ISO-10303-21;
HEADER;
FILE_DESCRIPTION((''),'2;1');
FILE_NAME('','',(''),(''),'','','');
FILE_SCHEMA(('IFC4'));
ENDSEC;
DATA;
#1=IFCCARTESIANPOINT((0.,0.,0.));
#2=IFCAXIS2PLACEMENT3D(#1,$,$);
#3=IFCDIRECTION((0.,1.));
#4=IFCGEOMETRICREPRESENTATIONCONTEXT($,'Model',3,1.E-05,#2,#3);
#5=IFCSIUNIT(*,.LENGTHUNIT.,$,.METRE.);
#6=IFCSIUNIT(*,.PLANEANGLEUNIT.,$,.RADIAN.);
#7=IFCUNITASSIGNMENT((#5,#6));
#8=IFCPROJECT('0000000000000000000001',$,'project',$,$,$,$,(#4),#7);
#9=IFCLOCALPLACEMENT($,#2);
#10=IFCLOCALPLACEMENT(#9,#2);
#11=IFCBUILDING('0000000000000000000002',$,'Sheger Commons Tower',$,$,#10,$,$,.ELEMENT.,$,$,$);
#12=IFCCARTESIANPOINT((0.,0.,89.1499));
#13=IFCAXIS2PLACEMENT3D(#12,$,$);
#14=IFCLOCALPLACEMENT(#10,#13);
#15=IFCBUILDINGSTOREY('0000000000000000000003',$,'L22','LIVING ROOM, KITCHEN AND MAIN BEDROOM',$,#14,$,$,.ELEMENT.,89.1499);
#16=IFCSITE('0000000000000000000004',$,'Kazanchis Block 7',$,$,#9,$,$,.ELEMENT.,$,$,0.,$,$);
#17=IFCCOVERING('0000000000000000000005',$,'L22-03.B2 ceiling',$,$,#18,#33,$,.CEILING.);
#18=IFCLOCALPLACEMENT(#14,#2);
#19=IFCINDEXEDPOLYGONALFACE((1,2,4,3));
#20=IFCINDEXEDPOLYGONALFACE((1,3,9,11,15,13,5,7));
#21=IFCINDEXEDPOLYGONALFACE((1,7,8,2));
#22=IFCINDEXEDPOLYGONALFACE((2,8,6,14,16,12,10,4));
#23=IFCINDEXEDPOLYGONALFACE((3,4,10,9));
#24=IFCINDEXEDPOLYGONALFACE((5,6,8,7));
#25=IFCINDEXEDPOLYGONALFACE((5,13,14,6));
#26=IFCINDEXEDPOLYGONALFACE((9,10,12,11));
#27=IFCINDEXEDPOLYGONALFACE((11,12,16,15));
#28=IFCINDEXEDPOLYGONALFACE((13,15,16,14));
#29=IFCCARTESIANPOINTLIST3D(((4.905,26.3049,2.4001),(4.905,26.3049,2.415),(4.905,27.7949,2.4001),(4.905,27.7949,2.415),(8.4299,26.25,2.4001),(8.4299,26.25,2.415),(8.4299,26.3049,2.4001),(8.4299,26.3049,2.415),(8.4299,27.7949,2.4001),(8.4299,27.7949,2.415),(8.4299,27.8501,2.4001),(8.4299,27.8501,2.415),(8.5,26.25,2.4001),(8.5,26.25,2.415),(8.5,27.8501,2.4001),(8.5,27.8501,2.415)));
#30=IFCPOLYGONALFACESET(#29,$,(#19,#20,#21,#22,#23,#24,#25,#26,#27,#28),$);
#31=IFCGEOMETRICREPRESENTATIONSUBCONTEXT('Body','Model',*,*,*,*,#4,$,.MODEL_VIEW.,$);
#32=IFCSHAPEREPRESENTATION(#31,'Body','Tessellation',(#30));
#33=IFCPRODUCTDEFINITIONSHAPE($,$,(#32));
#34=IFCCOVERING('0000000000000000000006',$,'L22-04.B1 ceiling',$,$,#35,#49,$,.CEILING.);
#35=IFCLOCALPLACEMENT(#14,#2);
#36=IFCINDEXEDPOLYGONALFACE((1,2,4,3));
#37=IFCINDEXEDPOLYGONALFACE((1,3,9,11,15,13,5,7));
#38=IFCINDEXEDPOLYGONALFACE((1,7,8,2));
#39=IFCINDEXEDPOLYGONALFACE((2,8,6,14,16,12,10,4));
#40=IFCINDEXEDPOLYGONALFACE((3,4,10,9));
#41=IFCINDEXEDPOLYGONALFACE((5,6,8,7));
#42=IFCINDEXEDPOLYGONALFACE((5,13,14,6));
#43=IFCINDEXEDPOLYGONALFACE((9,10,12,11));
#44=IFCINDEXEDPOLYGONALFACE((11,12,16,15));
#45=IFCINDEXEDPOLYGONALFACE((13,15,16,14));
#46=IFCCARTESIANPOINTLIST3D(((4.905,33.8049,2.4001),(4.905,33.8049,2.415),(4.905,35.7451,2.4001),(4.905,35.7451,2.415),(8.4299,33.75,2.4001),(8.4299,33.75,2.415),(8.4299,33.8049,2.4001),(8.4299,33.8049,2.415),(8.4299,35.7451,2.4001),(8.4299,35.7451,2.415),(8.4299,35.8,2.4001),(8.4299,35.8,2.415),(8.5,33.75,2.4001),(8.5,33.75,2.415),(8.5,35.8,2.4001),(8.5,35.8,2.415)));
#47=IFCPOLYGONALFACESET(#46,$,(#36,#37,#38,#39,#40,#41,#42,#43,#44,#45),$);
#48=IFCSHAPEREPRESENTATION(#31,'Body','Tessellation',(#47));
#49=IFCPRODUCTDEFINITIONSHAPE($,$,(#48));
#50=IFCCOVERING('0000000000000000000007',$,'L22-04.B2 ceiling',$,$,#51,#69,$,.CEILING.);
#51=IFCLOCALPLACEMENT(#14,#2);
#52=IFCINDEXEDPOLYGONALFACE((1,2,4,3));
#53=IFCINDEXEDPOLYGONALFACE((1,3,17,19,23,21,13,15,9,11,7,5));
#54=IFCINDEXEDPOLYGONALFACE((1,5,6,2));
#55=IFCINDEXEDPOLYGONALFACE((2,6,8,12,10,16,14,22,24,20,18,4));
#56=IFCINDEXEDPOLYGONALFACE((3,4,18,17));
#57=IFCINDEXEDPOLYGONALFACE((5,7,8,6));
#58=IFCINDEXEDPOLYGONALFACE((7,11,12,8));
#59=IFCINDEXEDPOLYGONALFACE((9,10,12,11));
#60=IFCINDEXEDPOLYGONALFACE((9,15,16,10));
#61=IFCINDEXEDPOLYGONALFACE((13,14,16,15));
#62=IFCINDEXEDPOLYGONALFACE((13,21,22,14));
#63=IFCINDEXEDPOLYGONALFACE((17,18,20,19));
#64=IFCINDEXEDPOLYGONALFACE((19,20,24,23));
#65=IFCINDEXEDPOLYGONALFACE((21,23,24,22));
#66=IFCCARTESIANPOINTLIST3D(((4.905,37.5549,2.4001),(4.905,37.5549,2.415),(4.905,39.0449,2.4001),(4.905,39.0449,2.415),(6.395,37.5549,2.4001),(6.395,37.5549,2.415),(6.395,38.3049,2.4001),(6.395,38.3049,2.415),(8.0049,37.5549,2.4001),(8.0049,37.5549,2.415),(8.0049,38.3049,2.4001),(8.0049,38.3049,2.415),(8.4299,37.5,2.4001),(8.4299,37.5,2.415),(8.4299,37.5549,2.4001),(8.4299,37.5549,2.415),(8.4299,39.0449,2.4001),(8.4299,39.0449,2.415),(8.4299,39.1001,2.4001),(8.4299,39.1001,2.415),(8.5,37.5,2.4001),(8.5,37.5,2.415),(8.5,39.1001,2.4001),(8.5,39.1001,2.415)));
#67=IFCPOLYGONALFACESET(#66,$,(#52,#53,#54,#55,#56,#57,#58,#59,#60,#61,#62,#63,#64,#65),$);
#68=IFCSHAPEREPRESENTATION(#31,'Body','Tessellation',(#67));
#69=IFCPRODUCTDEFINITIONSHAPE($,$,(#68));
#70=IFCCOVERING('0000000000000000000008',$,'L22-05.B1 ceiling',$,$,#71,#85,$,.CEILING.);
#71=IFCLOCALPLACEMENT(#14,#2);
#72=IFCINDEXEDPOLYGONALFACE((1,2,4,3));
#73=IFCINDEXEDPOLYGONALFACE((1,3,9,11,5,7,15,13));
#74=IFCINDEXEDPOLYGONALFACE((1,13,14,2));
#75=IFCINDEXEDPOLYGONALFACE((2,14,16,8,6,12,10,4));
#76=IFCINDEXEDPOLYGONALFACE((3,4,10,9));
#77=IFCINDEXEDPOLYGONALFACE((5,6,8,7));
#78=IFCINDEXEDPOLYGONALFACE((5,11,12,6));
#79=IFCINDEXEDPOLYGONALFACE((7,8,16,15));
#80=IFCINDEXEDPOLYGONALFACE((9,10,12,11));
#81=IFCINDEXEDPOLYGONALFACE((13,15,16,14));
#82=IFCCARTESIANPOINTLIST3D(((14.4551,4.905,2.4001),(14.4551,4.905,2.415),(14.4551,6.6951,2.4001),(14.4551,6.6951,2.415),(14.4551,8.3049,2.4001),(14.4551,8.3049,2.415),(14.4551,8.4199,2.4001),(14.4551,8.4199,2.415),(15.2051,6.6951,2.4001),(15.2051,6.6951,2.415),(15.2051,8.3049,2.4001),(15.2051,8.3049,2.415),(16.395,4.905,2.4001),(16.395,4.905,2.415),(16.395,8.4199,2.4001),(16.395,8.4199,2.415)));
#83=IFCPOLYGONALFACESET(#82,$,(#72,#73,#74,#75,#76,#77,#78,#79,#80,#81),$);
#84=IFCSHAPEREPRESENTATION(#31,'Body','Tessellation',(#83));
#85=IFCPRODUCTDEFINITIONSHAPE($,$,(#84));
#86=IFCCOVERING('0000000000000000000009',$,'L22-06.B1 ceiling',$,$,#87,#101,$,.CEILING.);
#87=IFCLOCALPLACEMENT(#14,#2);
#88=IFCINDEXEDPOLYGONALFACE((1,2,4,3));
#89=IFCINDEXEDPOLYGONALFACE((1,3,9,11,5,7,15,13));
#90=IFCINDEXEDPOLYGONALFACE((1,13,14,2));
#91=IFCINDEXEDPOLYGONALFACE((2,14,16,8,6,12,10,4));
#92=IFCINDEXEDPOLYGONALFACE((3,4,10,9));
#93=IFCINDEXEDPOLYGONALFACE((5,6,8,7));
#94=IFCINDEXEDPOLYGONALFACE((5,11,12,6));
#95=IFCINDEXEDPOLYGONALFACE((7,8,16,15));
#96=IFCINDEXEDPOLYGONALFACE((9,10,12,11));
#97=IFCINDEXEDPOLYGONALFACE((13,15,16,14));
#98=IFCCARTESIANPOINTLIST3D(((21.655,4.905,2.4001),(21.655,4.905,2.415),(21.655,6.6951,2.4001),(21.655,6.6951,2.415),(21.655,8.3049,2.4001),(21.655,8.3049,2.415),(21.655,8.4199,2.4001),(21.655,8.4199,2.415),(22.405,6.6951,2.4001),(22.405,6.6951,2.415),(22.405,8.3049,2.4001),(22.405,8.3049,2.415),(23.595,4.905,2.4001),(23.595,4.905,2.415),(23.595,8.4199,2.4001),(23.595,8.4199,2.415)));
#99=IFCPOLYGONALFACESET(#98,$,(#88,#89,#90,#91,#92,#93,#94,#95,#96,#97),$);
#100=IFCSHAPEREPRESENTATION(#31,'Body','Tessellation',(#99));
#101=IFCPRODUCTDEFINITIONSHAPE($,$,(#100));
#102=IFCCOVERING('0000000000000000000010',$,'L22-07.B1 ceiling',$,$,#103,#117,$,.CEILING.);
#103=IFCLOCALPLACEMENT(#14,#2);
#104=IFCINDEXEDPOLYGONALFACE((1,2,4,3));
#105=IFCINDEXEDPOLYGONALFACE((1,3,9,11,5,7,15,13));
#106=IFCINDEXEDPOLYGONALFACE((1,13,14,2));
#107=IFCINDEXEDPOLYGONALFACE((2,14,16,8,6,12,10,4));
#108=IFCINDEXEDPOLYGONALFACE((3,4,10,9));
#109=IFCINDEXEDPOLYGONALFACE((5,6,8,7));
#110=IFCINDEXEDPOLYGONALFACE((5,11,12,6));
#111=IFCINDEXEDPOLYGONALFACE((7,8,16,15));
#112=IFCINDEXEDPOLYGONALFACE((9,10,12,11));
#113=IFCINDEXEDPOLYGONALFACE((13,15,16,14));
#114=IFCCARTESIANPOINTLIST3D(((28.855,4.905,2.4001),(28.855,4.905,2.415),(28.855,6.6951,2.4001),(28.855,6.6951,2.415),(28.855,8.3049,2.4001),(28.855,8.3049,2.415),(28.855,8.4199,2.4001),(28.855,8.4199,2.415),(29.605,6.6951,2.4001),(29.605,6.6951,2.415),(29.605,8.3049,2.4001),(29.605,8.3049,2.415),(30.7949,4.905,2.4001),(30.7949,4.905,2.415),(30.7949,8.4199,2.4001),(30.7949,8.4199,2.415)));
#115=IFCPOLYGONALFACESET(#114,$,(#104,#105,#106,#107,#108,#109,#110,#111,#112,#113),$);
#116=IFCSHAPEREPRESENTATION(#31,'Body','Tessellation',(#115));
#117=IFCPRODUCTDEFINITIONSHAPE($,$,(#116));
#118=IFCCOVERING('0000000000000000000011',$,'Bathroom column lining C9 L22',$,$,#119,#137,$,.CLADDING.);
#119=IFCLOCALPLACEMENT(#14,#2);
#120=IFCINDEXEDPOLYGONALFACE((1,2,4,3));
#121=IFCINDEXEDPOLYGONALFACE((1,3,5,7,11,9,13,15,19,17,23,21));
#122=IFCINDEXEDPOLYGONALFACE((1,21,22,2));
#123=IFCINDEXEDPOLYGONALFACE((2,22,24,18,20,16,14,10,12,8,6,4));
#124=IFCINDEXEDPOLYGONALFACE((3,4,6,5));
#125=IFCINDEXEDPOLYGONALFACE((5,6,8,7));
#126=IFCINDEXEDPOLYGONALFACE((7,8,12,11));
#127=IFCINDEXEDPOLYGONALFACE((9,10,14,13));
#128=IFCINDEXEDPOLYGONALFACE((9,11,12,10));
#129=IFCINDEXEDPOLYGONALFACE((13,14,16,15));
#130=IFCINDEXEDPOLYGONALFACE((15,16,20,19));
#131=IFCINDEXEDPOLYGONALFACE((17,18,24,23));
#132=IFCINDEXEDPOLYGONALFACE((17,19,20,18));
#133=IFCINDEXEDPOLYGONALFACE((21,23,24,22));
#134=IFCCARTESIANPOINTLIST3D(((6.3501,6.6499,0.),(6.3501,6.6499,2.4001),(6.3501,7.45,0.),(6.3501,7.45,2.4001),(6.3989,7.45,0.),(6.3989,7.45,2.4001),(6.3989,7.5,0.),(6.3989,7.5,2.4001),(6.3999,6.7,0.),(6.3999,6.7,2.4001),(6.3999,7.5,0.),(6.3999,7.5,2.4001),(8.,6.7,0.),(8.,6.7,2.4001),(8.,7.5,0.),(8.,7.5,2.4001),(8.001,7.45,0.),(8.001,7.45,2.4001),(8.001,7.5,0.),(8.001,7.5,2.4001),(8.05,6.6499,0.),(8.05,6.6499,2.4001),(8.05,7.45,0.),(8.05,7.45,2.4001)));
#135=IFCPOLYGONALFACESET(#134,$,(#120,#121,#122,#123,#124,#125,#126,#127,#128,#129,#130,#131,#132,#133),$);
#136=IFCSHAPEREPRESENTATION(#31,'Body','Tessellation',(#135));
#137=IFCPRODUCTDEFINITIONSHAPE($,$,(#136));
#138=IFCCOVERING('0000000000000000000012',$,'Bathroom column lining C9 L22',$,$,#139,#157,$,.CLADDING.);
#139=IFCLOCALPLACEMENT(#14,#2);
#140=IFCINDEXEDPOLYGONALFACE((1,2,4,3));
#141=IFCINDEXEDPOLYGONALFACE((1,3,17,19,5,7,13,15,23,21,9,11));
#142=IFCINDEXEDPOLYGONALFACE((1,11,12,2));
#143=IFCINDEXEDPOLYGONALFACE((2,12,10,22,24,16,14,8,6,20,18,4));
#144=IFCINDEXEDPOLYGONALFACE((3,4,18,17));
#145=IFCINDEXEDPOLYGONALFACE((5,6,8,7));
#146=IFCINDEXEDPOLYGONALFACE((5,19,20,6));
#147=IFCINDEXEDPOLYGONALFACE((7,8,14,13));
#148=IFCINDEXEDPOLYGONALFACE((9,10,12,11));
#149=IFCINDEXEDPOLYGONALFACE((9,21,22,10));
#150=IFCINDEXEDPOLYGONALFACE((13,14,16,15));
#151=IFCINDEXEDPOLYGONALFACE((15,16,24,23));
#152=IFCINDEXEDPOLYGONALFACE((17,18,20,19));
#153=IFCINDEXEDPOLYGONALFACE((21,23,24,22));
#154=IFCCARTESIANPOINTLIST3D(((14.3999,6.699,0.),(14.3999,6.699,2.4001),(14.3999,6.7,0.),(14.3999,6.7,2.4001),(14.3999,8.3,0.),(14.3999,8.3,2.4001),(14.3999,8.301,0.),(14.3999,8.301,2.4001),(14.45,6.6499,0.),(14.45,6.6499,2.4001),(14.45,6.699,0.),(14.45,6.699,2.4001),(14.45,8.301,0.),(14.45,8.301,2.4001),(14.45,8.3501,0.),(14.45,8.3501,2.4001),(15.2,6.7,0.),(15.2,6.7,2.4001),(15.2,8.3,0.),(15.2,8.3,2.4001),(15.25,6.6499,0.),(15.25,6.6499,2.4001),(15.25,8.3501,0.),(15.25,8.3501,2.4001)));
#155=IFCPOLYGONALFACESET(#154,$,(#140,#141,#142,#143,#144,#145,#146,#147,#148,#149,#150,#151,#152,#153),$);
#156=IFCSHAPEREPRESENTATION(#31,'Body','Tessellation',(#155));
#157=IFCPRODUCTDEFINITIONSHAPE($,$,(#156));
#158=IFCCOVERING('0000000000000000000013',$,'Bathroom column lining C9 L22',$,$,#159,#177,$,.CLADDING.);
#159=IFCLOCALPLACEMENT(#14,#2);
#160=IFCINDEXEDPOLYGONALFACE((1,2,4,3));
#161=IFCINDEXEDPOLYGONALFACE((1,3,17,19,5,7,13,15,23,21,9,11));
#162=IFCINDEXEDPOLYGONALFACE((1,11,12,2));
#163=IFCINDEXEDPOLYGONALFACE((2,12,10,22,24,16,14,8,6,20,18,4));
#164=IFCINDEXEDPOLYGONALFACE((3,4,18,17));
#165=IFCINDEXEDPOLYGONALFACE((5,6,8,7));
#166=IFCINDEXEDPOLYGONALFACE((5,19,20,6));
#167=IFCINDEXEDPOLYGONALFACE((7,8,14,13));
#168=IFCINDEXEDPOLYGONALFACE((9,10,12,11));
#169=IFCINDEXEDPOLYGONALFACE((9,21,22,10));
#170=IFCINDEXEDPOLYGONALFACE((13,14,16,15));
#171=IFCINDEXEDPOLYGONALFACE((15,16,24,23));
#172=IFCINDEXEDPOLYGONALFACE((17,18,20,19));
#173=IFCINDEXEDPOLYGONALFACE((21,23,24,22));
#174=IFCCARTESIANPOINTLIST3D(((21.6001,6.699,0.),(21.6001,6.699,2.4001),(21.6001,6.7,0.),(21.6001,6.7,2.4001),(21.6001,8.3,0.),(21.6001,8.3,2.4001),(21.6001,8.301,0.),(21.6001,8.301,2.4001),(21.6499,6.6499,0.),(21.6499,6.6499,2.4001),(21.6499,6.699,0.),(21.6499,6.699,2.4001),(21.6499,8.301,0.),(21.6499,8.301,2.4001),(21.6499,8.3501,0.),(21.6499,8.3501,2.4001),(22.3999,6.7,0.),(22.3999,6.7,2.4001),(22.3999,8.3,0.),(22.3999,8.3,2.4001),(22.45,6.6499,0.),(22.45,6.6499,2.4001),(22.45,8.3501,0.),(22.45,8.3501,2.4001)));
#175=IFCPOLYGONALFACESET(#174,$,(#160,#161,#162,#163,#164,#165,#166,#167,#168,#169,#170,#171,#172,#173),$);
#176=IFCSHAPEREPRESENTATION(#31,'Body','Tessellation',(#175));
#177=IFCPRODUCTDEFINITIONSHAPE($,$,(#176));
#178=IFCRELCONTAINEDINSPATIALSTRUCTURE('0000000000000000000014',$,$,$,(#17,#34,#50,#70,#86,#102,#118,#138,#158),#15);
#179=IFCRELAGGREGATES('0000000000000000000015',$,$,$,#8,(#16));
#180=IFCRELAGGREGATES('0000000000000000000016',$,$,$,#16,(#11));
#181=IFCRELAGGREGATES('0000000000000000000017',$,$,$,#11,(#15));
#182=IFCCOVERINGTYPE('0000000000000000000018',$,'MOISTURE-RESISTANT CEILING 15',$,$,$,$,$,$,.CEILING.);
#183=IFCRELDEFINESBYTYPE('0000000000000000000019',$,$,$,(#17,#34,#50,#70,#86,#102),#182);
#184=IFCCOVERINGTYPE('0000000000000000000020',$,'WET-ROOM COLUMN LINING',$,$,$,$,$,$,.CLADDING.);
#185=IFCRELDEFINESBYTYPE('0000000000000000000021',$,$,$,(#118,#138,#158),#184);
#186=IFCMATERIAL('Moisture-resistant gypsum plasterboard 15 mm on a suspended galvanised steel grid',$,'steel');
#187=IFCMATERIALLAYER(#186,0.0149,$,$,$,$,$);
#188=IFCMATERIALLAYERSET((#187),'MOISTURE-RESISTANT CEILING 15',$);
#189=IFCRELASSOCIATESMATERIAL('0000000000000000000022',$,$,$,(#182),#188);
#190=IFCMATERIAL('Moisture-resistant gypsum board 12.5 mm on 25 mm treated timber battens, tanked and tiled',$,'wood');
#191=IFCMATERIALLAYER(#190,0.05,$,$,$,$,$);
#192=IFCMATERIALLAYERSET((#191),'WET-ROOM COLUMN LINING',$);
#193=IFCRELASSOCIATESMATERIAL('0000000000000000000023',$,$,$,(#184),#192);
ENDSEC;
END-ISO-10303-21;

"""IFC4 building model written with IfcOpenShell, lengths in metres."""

from ifc_helpers import new_model, si_unit, direction, frame, origin, place, context, subcontext, project, spatial, polyline, outline, extrude, material, layer, layer_set, type_object, element, save


model = new_model("IFC4")

# Units and contexts
model_context = context("Model", 3, precision=1e-05, world=origin(), true_north=direction((0.0, 1.0)))
body_context = subcontext(model_context, "Body", "Model", "MODEL_VIEW")
ifc_project = project(units=[si_unit("LENGTHUNIT", "METRE"), si_unit("PLANEANGLEUNIT", "RADIAN")], contexts=[model_context])

# Site, building, storey
site_placement = place(None, origin())
site = spatial("IfcSite", under=ifc_project, at=site_placement, Name="Kazanchis Block 7", CompositionType="ELEMENT", RefElevation=0.0)
building_placement = place(site_placement, origin())
building = spatial("IfcBuilding", under=site, at=building_placement, Name="Sheger Commons Tower", CompositionType="ELEMENT")
storey_placement = place(building_placement, frame((0.0, 0.0, 89.1499)))
storey = spatial("IfcBuildingStorey", under=building, at=storey_placement, Name="L22", Description="LIVING ROOM, KITCHEN AND MAIN BEDROOM", CompositionType="ELEMENT", Elevation=89.1499)

# Coverings
ifc_material_1 = material(Name="Moisture-resistant gypsum plasterboard 15 mm on a suspended galvanised steel grid", Category="steel")
ifc_layer_1 = layer(ifc_material_1, 0.0149)
ifc_layer_set_1 = layer_set([ifc_layer_1], Name="MOISTURE-RESISTANT CEILING 15")
covering_type_1 = type_object("IfcCoveringType", Name="MOISTURE-RESISTANT CEILING 15", PredefinedType="CEILING", material=ifc_layer_set_1)
covering_1_placement = place(storey_placement, frame((0.0, 0.0, 2.4001)))
element("IfcCovering", 1, at=covering_1_placement, inside=storey, type_object=covering_type_1, Name="L22-03.B2 ceiling", PredefinedType="CEILING", context=body_context, shape_type="SweptSolid", body=[
    extrude(outline(polyline([(8.4299, 26.25), (8.5, 26.25), (8.5, 27.8501), (8.4299, 27.8501), (8.4299, 27.7949), (4.905, 27.7949), (4.905, 26.3049), (8.4299, 26.3049), (8.4299, 26.25)])), origin(), (0.0, 0.0, 1.0), 0.0149),
])
covering_2_placement = place(storey_placement, frame((0.0, 0.0, 2.4001)))
element("IfcCovering", 2, at=covering_2_placement, inside=storey, type_object=covering_type_1, Name="L22-04.B1 ceiling", PredefinedType="CEILING", context=body_context, shape_type="SweptSolid", body=[
    extrude(outline(polyline([(8.4299, 33.75), (8.5, 33.75), (8.5, 35.8), (8.4299, 35.8), (8.4299, 35.7451), (4.905, 35.7451), (4.905, 33.8049), (8.4299, 33.8049), (8.4299, 33.75)])), origin(), (0.0, 0.0, 1.0), 0.0149),
])
covering_3_placement = place(storey_placement, frame((0.0, 0.0, 2.4001)))
element("IfcCovering", 3, at=covering_3_placement, inside=storey, type_object=covering_type_1, Name="L22-04.B2 ceiling", PredefinedType="CEILING", context=body_context, shape_type="SweptSolid", body=[
    extrude(outline(polyline([(8.4299, 37.5), (8.5, 37.5), (8.5, 39.1001), (8.4299, 39.1001), (8.4299, 39.0449), (4.905, 39.0449), (4.905, 37.5549), (6.395, 37.5549), (6.395, 38.3049), (8.0049, 38.3049), (8.0049, 37.5549), (8.4299, 37.5549), (8.4299, 37.5)])), origin(), (0.0, 0.0, 1.0), 0.0149),
])
covering_4_placement = place(storey_placement, frame((0.0, 0.0, 2.4001)))
element("IfcCovering", 4, at=covering_4_placement, inside=storey, type_object=covering_type_1, Name="L22-05.B1 ceiling", PredefinedType="CEILING", context=body_context, shape_type="SweptSolid", body=[
    extrude(outline(polyline([(14.4551, 4.905), (16.395, 4.905), (16.395, 8.4199), (14.4551, 8.4199), (14.4551, 8.3049), (15.2051, 8.3049), (15.2051, 6.6951), (14.4551, 6.6951), (14.4551, 4.905)])), origin(), (0.0, 0.0, 1.0), 0.0149),
])
covering_5_placement = place(storey_placement, frame((0.0, 0.0, 2.4001)))
element("IfcCovering", 5, at=covering_5_placement, inside=storey, type_object=covering_type_1, Name="L22-06.B1 ceiling", PredefinedType="CEILING", context=body_context, shape_type="SweptSolid", body=[
    extrude(outline(polyline([(21.655, 4.905), (23.595, 4.905), (23.595, 8.4199), (21.655, 8.4199), (21.655, 8.3049), (22.405, 8.3049), (22.405, 6.6951), (21.655, 6.6951), (21.655, 4.905)])), origin(), (0.0, 0.0, 1.0), 0.0149),
])
covering_6_placement = place(storey_placement, frame((0.0, 0.0, 2.4001)))
element("IfcCovering", 6, at=covering_6_placement, inside=storey, type_object=covering_type_1, Name="L22-07.B1 ceiling", PredefinedType="CEILING", context=body_context, shape_type="SweptSolid", body=[
    extrude(outline(polyline([(28.855, 4.905), (30.7949, 4.905), (30.7949, 8.4199), (28.855, 8.4199), (28.855, 8.3049), (29.605, 8.3049), (29.605, 6.6951), (28.855, 6.6951), (28.855, 4.905)])), origin(), (0.0, 0.0, 1.0), 0.0149),
])
ifc_material_2 = material(Name="Moisture-resistant gypsum board 12.5 mm on 25 mm treated timber battens, tanked and tiled", Category="wood")
ifc_layer_2 = layer(ifc_material_2, 0.05)
ifc_layer_set_2 = layer_set([ifc_layer_2], Name="WET-ROOM COLUMN LINING")
covering_type_2 = type_object("IfcCoveringType", Name="WET-ROOM COLUMN LINING", PredefinedType="CLADDING", material=ifc_layer_set_2)
covering_7_placement = place(storey_placement, origin())
element("IfcCovering", 7, at=covering_7_placement, inside=storey, type_object=covering_type_2, Name="Bathroom column lining C9 L22", PredefinedType="CLADDING", context=body_context, shape_type="SweptSolid", body=[
    extrude(outline(polyline([(6.3999, 7.5), (6.3999, 6.7), (8.0, 6.7), (8.0, 7.5), (8.001, 7.5), (8.001, 7.45), (8.05, 7.45), (8.05, 6.6499), (6.3501, 6.6499), (6.3501, 7.45), (6.3989, 7.45), (6.3989, 7.5), (6.3999, 7.5)])), origin(), (0.0, 0.0, 1.0), 2.4001),
])
covering_8_placement = place(storey_placement, origin())
element("IfcCovering", 8, at=covering_8_placement, inside=storey, type_object=covering_type_2, Name="Bathroom column lining C9 L22", PredefinedType="CLADDING", context=body_context, shape_type="SweptSolid", body=[
    extrude(outline(polyline([(15.25, 6.6499), (14.45, 6.6499), (14.45, 6.699), (14.3999, 6.699), (14.3999, 6.7), (15.2, 6.7), (15.2, 8.3), (14.3999, 8.3), (14.3999, 8.301), (14.45, 8.301), (14.45, 8.3501), (15.25, 8.3501), (15.25, 6.6499)])), origin(), (0.0, 0.0, 1.0), 2.4001),
])
covering_9_placement = place(storey_placement, origin())
element("IfcCovering", 9, at=covering_9_placement, inside=storey, type_object=covering_type_2, Name="Bathroom column lining C9 L22", PredefinedType="CLADDING", context=body_context, shape_type="SweptSolid", body=[
    extrude(outline(polyline([(22.45, 6.6499), (21.6499, 6.6499), (21.6499, 6.699), (21.6001, 6.699), (21.6001, 6.7), (22.3999, 6.7), (22.3999, 8.3), (21.6001, 8.3), (21.6001, 8.301), (21.6499, 8.301), (21.6499, 8.3501), (22.45, 8.3501), (22.45, 6.6499)])), origin(), (0.0, 0.0, 1.0), 2.4001),
])

save(model, "model.ifc")
